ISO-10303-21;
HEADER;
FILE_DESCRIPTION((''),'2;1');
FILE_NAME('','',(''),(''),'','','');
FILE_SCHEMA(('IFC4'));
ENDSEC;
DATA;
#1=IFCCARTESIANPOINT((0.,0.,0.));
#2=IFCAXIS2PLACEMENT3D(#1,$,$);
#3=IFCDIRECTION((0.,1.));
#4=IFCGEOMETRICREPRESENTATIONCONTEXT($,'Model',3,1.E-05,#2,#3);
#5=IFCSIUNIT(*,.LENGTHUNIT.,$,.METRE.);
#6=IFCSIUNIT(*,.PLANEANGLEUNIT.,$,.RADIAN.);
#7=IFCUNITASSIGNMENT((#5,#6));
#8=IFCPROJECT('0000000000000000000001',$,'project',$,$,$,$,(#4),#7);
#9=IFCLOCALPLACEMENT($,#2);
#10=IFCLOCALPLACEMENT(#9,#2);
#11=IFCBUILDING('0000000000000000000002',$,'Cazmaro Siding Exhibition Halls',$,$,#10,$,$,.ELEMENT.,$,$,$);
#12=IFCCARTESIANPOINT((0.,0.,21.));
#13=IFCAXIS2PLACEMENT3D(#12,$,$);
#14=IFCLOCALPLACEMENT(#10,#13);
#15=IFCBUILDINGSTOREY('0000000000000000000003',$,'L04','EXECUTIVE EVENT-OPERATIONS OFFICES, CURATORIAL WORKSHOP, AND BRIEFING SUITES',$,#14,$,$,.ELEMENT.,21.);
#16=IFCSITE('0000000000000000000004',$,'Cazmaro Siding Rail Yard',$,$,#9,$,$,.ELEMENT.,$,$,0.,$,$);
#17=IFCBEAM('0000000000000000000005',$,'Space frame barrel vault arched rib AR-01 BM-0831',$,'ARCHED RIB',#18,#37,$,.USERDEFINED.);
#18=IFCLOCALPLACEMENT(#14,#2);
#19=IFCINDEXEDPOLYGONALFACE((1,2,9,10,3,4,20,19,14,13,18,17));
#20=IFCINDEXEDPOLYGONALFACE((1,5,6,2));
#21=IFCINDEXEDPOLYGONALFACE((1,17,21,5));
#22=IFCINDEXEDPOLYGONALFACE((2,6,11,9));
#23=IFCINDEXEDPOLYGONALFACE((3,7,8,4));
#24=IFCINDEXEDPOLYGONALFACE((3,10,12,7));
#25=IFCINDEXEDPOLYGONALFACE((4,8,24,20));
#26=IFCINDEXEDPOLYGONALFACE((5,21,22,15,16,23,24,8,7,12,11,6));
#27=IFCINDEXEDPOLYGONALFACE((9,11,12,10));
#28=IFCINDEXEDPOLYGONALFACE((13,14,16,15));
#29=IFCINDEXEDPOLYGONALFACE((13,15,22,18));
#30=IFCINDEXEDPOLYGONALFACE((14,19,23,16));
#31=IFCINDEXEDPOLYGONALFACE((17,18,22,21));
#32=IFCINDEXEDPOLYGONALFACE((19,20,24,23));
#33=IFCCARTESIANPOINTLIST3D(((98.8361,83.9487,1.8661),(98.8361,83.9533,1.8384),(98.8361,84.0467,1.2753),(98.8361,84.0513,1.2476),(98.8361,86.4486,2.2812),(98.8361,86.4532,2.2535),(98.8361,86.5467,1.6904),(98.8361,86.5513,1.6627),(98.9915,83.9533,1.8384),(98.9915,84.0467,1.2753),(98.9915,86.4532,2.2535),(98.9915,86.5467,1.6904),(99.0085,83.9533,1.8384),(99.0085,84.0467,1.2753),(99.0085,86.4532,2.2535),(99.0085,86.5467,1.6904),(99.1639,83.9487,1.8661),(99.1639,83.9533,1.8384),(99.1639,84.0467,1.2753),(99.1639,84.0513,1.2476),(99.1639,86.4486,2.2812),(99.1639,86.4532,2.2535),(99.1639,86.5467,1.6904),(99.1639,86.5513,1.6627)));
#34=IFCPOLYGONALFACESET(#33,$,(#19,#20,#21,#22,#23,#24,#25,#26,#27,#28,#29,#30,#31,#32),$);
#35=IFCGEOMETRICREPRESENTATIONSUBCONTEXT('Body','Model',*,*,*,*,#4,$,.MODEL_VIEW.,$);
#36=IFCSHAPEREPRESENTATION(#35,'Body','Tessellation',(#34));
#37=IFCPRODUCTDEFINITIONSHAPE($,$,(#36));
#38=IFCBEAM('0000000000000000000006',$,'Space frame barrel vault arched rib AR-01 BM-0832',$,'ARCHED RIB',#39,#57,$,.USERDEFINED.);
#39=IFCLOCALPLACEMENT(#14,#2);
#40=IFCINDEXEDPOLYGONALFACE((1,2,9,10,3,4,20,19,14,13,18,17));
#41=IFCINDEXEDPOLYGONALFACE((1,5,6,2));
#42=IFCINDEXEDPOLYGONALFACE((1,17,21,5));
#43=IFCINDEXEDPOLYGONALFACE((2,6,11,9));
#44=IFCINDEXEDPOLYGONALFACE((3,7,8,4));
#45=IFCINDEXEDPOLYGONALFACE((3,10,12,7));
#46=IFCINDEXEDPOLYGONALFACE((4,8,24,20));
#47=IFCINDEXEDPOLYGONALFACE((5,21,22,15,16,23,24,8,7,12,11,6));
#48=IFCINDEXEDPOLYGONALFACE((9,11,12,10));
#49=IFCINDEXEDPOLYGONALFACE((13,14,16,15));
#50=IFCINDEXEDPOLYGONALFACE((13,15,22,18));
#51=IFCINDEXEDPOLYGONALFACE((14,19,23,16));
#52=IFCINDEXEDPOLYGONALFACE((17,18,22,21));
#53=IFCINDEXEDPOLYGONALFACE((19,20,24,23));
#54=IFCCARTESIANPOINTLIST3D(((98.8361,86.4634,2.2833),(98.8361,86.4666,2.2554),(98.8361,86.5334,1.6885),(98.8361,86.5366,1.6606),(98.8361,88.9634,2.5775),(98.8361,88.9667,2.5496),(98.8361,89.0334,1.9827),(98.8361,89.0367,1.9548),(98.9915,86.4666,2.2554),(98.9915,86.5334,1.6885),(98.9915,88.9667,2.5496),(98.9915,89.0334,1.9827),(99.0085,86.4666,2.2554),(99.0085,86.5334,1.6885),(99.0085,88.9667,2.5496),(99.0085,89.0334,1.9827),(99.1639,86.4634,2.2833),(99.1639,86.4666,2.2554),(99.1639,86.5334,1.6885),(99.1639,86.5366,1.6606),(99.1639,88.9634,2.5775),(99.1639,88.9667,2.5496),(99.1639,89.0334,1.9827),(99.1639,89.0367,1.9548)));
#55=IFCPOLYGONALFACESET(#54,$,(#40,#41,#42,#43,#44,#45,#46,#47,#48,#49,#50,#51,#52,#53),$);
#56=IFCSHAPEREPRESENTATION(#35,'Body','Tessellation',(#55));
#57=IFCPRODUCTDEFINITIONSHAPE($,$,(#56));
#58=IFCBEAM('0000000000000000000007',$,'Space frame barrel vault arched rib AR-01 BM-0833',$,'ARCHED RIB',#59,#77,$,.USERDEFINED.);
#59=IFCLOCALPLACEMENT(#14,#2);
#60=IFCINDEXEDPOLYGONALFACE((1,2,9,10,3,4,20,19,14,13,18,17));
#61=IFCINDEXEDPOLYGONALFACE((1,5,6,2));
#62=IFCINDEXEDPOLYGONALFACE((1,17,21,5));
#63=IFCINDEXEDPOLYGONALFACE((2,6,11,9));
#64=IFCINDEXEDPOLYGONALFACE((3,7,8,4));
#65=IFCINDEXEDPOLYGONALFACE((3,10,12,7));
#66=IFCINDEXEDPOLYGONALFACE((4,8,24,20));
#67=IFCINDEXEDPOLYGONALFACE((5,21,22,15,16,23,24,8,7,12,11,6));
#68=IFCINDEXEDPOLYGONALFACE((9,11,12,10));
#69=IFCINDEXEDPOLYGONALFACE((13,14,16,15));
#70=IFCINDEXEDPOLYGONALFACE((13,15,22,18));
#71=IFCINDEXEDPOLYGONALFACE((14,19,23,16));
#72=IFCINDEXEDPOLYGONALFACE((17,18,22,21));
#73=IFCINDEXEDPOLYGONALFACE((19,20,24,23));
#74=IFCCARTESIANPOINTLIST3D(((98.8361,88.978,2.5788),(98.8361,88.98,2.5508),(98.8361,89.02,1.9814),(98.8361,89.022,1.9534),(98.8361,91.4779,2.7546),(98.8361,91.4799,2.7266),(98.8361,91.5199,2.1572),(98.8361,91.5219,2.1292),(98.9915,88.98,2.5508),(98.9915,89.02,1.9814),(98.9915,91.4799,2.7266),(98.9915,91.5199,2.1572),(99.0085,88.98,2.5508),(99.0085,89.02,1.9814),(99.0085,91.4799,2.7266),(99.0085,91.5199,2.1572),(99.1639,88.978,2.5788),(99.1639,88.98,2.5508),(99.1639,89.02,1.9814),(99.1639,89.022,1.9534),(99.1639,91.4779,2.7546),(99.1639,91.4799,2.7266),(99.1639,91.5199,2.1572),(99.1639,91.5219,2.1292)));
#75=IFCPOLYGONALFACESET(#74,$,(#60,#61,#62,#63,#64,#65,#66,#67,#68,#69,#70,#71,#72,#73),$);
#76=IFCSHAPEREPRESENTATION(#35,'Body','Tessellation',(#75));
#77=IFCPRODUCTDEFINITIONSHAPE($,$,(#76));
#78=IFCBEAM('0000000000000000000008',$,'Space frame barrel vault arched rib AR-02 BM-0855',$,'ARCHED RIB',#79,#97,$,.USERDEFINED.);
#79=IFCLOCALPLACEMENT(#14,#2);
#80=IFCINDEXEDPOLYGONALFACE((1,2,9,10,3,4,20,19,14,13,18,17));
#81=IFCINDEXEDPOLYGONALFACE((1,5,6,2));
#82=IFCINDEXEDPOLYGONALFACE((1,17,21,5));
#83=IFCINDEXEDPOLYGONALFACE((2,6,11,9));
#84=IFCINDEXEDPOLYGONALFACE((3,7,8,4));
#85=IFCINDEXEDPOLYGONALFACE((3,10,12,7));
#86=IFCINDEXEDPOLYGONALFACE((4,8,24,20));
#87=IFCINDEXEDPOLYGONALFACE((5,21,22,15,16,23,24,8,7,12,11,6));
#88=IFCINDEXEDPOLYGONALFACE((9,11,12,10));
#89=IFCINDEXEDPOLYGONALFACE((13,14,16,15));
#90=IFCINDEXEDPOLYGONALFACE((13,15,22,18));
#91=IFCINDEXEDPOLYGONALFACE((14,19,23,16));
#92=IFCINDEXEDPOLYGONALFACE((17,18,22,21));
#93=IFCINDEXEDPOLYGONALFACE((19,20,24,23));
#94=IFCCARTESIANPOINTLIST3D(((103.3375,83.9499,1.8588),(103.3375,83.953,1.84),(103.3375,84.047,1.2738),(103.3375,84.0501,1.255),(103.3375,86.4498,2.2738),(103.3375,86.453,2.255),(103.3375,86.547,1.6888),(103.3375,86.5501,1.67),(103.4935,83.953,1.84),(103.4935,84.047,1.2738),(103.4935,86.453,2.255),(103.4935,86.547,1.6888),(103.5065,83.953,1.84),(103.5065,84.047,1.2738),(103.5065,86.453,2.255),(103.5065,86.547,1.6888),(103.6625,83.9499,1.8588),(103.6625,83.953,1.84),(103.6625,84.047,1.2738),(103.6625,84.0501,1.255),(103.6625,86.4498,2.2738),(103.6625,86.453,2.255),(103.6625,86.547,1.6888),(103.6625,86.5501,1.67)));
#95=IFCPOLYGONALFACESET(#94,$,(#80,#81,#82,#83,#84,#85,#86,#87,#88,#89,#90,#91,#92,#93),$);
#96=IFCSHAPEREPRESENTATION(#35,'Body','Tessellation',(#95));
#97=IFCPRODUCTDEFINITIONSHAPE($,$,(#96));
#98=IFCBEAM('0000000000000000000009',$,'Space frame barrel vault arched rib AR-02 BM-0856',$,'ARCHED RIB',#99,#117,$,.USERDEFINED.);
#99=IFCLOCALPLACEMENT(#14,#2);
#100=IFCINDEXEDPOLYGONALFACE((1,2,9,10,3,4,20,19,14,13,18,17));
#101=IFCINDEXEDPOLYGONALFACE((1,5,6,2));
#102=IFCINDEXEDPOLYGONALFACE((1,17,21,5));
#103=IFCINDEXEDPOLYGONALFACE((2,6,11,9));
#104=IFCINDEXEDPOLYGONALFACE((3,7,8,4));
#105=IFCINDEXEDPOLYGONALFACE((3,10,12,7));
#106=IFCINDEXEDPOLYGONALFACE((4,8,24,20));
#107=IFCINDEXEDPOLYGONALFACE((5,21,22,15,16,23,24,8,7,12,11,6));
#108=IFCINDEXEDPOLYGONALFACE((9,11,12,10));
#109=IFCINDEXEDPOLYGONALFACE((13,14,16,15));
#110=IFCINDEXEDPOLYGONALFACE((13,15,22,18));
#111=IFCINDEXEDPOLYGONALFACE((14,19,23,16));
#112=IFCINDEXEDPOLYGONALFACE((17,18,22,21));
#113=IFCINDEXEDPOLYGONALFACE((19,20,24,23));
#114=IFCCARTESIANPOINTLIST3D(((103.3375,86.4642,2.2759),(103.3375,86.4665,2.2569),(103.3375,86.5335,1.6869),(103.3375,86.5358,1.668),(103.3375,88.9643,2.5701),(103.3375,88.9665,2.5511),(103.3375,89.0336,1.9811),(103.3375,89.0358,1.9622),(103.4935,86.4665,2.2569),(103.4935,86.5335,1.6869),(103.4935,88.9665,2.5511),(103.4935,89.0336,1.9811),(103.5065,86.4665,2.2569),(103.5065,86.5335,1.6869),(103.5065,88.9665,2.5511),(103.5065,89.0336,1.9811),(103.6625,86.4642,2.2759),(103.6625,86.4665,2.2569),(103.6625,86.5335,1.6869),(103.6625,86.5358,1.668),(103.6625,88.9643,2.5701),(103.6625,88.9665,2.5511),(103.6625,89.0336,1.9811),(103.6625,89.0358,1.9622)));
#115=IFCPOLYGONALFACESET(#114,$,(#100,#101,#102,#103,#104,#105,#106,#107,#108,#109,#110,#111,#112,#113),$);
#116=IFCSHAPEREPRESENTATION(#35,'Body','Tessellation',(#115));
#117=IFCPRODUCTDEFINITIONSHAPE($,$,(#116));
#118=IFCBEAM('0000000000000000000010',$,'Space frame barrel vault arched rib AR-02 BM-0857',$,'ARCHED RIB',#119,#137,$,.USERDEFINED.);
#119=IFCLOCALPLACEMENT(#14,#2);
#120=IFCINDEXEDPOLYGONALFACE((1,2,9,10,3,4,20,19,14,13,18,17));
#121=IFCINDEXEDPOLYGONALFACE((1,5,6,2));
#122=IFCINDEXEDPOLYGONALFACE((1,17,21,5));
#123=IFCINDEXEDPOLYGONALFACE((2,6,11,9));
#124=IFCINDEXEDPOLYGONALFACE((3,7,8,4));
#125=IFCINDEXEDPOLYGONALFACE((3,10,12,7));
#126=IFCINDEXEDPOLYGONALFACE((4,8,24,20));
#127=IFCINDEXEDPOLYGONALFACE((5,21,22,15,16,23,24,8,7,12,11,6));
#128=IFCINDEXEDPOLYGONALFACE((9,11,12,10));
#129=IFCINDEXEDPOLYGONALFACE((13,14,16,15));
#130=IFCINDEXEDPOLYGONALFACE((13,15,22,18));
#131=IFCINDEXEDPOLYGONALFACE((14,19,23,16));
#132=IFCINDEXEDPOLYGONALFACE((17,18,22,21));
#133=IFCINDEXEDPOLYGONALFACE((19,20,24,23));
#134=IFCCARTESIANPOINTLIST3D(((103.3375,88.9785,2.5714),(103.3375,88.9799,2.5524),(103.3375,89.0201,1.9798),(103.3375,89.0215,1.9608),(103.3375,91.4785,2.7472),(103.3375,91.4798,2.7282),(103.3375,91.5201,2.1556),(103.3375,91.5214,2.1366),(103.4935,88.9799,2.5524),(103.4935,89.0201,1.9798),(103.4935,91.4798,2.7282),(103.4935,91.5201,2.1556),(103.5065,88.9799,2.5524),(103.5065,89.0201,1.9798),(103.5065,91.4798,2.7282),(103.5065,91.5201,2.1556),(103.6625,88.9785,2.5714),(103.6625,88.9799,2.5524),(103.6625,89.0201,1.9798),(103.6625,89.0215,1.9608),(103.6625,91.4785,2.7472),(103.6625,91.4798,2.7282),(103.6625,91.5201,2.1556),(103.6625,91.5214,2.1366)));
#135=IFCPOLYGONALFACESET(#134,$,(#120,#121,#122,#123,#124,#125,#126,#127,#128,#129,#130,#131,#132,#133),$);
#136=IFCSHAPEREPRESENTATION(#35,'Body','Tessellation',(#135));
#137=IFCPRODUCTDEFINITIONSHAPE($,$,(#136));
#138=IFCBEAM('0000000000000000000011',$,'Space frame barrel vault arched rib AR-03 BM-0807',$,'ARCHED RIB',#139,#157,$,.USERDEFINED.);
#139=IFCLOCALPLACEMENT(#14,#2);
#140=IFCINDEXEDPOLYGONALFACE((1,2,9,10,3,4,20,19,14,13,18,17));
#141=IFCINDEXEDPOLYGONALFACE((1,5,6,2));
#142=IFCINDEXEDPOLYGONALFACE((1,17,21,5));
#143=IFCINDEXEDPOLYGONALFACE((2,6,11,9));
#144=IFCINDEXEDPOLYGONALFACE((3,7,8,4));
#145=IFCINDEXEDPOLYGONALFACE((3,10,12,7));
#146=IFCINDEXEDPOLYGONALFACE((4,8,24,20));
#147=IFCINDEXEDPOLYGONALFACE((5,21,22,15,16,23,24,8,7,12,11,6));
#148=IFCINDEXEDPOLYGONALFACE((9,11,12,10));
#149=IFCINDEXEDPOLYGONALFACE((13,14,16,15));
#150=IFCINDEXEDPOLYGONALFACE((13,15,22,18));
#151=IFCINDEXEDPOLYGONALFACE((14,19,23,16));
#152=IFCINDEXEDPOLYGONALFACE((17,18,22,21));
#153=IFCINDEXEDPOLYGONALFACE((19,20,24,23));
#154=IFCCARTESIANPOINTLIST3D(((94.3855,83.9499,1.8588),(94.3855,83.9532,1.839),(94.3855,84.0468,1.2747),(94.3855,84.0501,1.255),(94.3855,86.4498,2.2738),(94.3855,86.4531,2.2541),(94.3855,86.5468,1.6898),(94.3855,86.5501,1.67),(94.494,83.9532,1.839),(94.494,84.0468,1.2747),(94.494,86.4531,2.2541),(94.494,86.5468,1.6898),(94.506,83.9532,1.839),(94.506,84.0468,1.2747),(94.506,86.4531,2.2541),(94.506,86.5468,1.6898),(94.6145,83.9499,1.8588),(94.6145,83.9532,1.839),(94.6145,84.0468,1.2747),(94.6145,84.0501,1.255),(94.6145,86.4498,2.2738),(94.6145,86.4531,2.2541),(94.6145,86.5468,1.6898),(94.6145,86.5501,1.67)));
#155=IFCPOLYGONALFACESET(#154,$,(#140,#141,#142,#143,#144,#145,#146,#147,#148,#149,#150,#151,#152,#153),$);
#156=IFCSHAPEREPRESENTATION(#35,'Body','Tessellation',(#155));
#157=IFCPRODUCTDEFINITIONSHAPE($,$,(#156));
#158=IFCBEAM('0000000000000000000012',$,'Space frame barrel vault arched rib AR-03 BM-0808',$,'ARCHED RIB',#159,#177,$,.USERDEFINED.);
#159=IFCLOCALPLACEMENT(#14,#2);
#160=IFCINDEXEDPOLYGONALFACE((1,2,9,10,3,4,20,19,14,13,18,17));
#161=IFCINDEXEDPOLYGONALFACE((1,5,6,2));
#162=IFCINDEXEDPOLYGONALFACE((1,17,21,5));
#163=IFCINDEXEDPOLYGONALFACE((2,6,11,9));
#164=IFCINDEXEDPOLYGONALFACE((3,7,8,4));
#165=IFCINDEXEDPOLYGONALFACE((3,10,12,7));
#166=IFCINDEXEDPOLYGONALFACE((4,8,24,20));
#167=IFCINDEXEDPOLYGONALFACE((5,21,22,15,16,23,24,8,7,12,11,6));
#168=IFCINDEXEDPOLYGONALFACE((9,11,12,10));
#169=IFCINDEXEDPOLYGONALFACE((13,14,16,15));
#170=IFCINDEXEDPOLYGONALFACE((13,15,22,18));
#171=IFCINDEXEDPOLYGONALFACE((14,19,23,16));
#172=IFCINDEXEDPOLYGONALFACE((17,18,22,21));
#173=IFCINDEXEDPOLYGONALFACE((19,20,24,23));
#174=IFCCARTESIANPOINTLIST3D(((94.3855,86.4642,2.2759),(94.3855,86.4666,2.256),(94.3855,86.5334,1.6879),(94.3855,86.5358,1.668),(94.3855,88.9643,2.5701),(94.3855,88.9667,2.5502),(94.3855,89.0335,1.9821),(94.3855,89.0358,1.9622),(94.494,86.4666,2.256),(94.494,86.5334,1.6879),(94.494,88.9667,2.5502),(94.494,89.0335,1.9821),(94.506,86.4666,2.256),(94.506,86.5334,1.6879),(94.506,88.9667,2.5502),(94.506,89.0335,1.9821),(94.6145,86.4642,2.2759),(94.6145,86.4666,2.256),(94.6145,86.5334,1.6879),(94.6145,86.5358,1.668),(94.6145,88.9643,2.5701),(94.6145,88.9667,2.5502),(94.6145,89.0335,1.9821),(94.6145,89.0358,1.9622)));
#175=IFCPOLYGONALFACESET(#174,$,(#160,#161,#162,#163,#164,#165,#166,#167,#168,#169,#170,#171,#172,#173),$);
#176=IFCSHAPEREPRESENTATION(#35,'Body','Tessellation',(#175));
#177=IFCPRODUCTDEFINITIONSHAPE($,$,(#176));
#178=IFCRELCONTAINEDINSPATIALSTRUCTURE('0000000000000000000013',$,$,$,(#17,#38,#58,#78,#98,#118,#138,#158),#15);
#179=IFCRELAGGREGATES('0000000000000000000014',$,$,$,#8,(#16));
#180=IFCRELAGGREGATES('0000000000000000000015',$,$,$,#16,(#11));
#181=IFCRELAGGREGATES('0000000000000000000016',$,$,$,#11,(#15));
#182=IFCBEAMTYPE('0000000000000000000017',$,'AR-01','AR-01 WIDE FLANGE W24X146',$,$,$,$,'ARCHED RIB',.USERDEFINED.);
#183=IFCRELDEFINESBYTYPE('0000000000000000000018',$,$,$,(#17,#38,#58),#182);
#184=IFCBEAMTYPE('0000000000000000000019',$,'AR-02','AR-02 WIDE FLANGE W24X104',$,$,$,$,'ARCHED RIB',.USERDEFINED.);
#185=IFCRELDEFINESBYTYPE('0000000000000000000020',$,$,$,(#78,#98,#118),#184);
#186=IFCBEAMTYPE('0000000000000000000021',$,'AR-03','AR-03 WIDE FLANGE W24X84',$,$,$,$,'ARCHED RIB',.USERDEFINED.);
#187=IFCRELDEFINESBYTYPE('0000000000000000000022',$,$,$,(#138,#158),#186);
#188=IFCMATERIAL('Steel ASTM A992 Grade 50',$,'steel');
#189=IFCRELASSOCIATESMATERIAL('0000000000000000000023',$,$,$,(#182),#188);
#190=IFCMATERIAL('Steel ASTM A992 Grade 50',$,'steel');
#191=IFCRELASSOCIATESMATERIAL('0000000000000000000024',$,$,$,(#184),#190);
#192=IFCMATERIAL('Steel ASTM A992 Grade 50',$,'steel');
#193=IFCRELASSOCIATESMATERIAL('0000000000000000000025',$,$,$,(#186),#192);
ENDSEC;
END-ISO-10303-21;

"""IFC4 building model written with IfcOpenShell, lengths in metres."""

from ifc_helpers import new_model, si_unit, direction, frame, origin, origin_2d, place, context, subcontext, project, spatial, i_section, extrude, material, material_profile, profile_set, type_object, element, save


model = new_model("IFC4")

# Units and contexts
model_context = context("Model", 3, precision=1e-05, world=origin(), true_north=direction((0.0, 1.0)))
body_context = subcontext(model_context, "Body", "Model", "MODEL_VIEW")
ifc_project = project(units=[si_unit("LENGTHUNIT", "METRE"), si_unit("PLANEANGLEUNIT", "RADIAN")], contexts=[model_context])

# Site, building, storey
site_placement = place(None, origin())
site = spatial("IfcSite", under=ifc_project, at=site_placement, Name="Cazmaro Siding Rail Yard", CompositionType="ELEMENT", RefElevation=0.0)
building_placement = place(site_placement, origin())
building = spatial("IfcBuilding", under=site, at=building_placement, Name="Cazmaro Siding Exhibition Halls", CompositionType="ELEMENT")
storey_placement = place(building_placement, frame((0.0, 0.0, 21.0)))
storey = spatial("IfcBuildingStorey", under=building, at=storey_placement, Name="L04", Description="EXECUTIVE EVENT-OPERATIONS OFFICES, CURATORIAL WORKSHOP, AND BRIEFING SUITES", CompositionType="ELEMENT", Elevation=21.0)

# Beams
ifc_material_1 = material(Name="Steel ASTM A992 Grade 50", Category="steel")
ifc_material_profile_1 = material_profile(ifc_material_1, i_section(OverallWidth=0.3279, OverallDepth=0.627, WebThickness=0.0171, FlangeThickness=0.0281, at=origin_2d()), Name="W24X146")
ifc_profile_set_1 = profile_set([ifc_material_profile_1], Name="Steel ASTM A992 Grade 50")
beam_type_1 = type_object("IfcBeamType", Name="AR-01", Description="AR-01 WIDE FLANGE W24X146", ElementType="ARCHED RIB", PredefinedType="USERDEFINED", material=ifc_profile_set_1)
beam_1_placement = place(storey_placement, frame((99.0, 84.0, 1.5569), z_axis=(0.0, 0.986498, 0.163774), x_axis=(-1.0, 0.0, 0.0)))
element("IfcBeam", 1, at=beam_1_placement, inside=storey, type_object=beam_type_1, Name="Space frame barrel vault arched rib AR-01 BM-0831", ObjectType="ARCHED RIB", PredefinedType="USERDEFINED", context=body_context, shape_type="SweptSolid", body=[
    extrude(i_section(OverallWidth=0.3279, OverallDepth=0.627, WebThickness=0.0171, FlangeThickness=0.0281, at=origin_2d()), origin(), (0.0, 0.0, 1.0), 2.5342),
])
beam_2_placement = place(storey_placement, frame((99.0, 86.5, 1.9719), z_axis=(0.0, 0.993147, 0.116869), x_axis=(-1.0, 0.0, 0.0)))
element("IfcBeam", 2, at=beam_2_placement, inside=storey, type_object=beam_type_1, Name="Space frame barrel vault arched rib AR-01 BM-0832", ObjectType="ARCHED RIB", PredefinedType="USERDEFINED", context=body_context, shape_type="SweptSolid", body=[
    extrude(i_section(OverallWidth=0.3279, OverallDepth=0.627, WebThickness=0.0171, FlangeThickness=0.0281, at=origin_2d()), origin(), (0.0, 0.0, 1.0), 2.5173),
])
beam_3_placement = place(storey_placement, frame((99.0, 89.0, 2.2661), z_axis=(0.0, 0.997537, 0.070139), x_axis=(-1.0, 0.0, 0.0)))
element("IfcBeam", 3, at=beam_3_placement, inside=storey, type_object=beam_type_1, Name="Space frame barrel vault arched rib AR-01 BM-0833", ObjectType="ARCHED RIB", PredefinedType="USERDEFINED", context=body_context, shape_type="SweptSolid", body=[
    extrude(i_section(OverallWidth=0.3279, OverallDepth=0.627, WebThickness=0.0171, FlangeThickness=0.0281, at=origin_2d()), origin(), (0.0, 0.0, 1.0), 2.5061),
])
ifc_material_2 = material(Name="Steel ASTM A992 Grade 50", Category="steel")
ifc_material_profile_2 = material_profile(ifc_material_2, i_section(OverallWidth=0.325, OverallDepth=0.6121, WebThickness=0.0129, FlangeThickness=0.019, at=origin_2d()), Name="W24X104")
ifc_profile_set_2 = profile_set([ifc_material_profile_2], Name="Steel ASTM A992 Grade 50")
beam_type_2 = type_object("IfcBeamType", Name="AR-02", Description="AR-02 WIDE FLANGE W24X104", ElementType="ARCHED RIB", PredefinedType="USERDEFINED", material=ifc_profile_set_2)
beam_4_placement = place(storey_placement, frame((103.5, 84.0, 1.5569), z_axis=(0.0, 0.986498, 0.163774), x_axis=(-1.0, 0.0, 0.0)))
element("IfcBeam", 4, at=beam_4_placement, inside=storey, type_object=beam_type_2, Name="Space frame barrel vault arched rib AR-02 BM-0855", ObjectType="ARCHED RIB", PredefinedType="USERDEFINED", context=body_context, shape_type="SweptSolid", body=[
    extrude(i_section(OverallWidth=0.325, OverallDepth=0.6121, WebThickness=0.0129, FlangeThickness=0.019, at=origin_2d()), origin(), (0.0, 0.0, 1.0), 2.5342),
])
beam_5_placement = place(storey_placement, frame((103.5, 86.5, 1.9719), z_axis=(0.0, 0.993147, 0.116869), x_axis=(-1.0, 0.0, 0.0)))
element("IfcBeam", 5, at=beam_5_placement, inside=storey, type_object=beam_type_2, Name="Space frame barrel vault arched rib AR-02 BM-0856", ObjectType="ARCHED RIB", PredefinedType="USERDEFINED", context=body_context, shape_type="SweptSolid", body=[
    extrude(i_section(OverallWidth=0.325, OverallDepth=0.6121, WebThickness=0.0129, FlangeThickness=0.019, at=origin_2d()), origin(), (0.0, 0.0, 1.0), 2.5173),
])
beam_6_placement = place(storey_placement, frame((103.5, 89.0, 2.2661), z_axis=(0.0, 0.997537, 0.070139), x_axis=(-1.0, 0.0, 0.0)))
element("IfcBeam", 6, at=beam_6_placement, inside=storey, type_object=beam_type_2, Name="Space frame barrel vault arched rib AR-02 BM-0857", ObjectType="ARCHED RIB", PredefinedType="USERDEFINED", context=body_context, shape_type="SweptSolid", body=[
    extrude(i_section(OverallWidth=0.325, OverallDepth=0.6121, WebThickness=0.0129, FlangeThickness=0.019, at=origin_2d()), origin(), (0.0, 0.0, 1.0), 2.5061),
])
ifc_material_3 = material(Name="Steel ASTM A992 Grade 50", Category="steel")
ifc_material_profile_3 = material_profile(ifc_material_3, i_section(OverallWidth=0.229, OverallDepth=0.6121, WebThickness=0.012, FlangeThickness=0.02, at=origin_2d()), Name="W24X84")
ifc_profile_set_3 = profile_set([ifc_material_profile_3], Name="Steel ASTM A992 Grade 50")
beam_type_3 = type_object("IfcBeamType", Name="AR-03", Description="AR-03 WIDE FLANGE W24X84", ElementType="ARCHED RIB", PredefinedType="USERDEFINED", material=ifc_profile_set_3)
beam_7_placement = place(storey_placement, frame((94.5, 84.0, 1.5569), z_axis=(0.0, 0.986498, 0.163774), x_axis=(-1.0, 0.0, 0.0)))
element("IfcBeam", 7, at=beam_7_placement, inside=storey, type_object=beam_type_3, Name="Space frame barrel vault arched rib AR-03 BM-0807", ObjectType="ARCHED RIB", PredefinedType="USERDEFINED", context=body_context, shape_type="SweptSolid", body=[
    extrude(i_section(OverallWidth=0.229, OverallDepth=0.6121, WebThickness=0.012, FlangeThickness=0.02, at=origin_2d()), origin(), (0.0, 0.0, 1.0), 2.5342),
])
beam_8_placement = place(storey_placement, frame((94.5, 86.5, 1.9719), z_axis=(0.0, 0.993147, 0.116869), x_axis=(-1.0, 0.0, 0.0)))
element("IfcBeam", 8, at=beam_8_placement, inside=storey, type_object=beam_type_3, Name="Space frame barrel vault arched rib AR-03 BM-0808", ObjectType="ARCHED RIB", PredefinedType="USERDEFINED", context=body_context, shape_type="SweptSolid", body=[
    extrude(i_section(OverallWidth=0.229, OverallDepth=0.6121, WebThickness=0.012, FlangeThickness=0.02, at=origin_2d()), origin(), (0.0, 0.0, 1.0), 2.5173),
])

save(model, "model.ifc")
